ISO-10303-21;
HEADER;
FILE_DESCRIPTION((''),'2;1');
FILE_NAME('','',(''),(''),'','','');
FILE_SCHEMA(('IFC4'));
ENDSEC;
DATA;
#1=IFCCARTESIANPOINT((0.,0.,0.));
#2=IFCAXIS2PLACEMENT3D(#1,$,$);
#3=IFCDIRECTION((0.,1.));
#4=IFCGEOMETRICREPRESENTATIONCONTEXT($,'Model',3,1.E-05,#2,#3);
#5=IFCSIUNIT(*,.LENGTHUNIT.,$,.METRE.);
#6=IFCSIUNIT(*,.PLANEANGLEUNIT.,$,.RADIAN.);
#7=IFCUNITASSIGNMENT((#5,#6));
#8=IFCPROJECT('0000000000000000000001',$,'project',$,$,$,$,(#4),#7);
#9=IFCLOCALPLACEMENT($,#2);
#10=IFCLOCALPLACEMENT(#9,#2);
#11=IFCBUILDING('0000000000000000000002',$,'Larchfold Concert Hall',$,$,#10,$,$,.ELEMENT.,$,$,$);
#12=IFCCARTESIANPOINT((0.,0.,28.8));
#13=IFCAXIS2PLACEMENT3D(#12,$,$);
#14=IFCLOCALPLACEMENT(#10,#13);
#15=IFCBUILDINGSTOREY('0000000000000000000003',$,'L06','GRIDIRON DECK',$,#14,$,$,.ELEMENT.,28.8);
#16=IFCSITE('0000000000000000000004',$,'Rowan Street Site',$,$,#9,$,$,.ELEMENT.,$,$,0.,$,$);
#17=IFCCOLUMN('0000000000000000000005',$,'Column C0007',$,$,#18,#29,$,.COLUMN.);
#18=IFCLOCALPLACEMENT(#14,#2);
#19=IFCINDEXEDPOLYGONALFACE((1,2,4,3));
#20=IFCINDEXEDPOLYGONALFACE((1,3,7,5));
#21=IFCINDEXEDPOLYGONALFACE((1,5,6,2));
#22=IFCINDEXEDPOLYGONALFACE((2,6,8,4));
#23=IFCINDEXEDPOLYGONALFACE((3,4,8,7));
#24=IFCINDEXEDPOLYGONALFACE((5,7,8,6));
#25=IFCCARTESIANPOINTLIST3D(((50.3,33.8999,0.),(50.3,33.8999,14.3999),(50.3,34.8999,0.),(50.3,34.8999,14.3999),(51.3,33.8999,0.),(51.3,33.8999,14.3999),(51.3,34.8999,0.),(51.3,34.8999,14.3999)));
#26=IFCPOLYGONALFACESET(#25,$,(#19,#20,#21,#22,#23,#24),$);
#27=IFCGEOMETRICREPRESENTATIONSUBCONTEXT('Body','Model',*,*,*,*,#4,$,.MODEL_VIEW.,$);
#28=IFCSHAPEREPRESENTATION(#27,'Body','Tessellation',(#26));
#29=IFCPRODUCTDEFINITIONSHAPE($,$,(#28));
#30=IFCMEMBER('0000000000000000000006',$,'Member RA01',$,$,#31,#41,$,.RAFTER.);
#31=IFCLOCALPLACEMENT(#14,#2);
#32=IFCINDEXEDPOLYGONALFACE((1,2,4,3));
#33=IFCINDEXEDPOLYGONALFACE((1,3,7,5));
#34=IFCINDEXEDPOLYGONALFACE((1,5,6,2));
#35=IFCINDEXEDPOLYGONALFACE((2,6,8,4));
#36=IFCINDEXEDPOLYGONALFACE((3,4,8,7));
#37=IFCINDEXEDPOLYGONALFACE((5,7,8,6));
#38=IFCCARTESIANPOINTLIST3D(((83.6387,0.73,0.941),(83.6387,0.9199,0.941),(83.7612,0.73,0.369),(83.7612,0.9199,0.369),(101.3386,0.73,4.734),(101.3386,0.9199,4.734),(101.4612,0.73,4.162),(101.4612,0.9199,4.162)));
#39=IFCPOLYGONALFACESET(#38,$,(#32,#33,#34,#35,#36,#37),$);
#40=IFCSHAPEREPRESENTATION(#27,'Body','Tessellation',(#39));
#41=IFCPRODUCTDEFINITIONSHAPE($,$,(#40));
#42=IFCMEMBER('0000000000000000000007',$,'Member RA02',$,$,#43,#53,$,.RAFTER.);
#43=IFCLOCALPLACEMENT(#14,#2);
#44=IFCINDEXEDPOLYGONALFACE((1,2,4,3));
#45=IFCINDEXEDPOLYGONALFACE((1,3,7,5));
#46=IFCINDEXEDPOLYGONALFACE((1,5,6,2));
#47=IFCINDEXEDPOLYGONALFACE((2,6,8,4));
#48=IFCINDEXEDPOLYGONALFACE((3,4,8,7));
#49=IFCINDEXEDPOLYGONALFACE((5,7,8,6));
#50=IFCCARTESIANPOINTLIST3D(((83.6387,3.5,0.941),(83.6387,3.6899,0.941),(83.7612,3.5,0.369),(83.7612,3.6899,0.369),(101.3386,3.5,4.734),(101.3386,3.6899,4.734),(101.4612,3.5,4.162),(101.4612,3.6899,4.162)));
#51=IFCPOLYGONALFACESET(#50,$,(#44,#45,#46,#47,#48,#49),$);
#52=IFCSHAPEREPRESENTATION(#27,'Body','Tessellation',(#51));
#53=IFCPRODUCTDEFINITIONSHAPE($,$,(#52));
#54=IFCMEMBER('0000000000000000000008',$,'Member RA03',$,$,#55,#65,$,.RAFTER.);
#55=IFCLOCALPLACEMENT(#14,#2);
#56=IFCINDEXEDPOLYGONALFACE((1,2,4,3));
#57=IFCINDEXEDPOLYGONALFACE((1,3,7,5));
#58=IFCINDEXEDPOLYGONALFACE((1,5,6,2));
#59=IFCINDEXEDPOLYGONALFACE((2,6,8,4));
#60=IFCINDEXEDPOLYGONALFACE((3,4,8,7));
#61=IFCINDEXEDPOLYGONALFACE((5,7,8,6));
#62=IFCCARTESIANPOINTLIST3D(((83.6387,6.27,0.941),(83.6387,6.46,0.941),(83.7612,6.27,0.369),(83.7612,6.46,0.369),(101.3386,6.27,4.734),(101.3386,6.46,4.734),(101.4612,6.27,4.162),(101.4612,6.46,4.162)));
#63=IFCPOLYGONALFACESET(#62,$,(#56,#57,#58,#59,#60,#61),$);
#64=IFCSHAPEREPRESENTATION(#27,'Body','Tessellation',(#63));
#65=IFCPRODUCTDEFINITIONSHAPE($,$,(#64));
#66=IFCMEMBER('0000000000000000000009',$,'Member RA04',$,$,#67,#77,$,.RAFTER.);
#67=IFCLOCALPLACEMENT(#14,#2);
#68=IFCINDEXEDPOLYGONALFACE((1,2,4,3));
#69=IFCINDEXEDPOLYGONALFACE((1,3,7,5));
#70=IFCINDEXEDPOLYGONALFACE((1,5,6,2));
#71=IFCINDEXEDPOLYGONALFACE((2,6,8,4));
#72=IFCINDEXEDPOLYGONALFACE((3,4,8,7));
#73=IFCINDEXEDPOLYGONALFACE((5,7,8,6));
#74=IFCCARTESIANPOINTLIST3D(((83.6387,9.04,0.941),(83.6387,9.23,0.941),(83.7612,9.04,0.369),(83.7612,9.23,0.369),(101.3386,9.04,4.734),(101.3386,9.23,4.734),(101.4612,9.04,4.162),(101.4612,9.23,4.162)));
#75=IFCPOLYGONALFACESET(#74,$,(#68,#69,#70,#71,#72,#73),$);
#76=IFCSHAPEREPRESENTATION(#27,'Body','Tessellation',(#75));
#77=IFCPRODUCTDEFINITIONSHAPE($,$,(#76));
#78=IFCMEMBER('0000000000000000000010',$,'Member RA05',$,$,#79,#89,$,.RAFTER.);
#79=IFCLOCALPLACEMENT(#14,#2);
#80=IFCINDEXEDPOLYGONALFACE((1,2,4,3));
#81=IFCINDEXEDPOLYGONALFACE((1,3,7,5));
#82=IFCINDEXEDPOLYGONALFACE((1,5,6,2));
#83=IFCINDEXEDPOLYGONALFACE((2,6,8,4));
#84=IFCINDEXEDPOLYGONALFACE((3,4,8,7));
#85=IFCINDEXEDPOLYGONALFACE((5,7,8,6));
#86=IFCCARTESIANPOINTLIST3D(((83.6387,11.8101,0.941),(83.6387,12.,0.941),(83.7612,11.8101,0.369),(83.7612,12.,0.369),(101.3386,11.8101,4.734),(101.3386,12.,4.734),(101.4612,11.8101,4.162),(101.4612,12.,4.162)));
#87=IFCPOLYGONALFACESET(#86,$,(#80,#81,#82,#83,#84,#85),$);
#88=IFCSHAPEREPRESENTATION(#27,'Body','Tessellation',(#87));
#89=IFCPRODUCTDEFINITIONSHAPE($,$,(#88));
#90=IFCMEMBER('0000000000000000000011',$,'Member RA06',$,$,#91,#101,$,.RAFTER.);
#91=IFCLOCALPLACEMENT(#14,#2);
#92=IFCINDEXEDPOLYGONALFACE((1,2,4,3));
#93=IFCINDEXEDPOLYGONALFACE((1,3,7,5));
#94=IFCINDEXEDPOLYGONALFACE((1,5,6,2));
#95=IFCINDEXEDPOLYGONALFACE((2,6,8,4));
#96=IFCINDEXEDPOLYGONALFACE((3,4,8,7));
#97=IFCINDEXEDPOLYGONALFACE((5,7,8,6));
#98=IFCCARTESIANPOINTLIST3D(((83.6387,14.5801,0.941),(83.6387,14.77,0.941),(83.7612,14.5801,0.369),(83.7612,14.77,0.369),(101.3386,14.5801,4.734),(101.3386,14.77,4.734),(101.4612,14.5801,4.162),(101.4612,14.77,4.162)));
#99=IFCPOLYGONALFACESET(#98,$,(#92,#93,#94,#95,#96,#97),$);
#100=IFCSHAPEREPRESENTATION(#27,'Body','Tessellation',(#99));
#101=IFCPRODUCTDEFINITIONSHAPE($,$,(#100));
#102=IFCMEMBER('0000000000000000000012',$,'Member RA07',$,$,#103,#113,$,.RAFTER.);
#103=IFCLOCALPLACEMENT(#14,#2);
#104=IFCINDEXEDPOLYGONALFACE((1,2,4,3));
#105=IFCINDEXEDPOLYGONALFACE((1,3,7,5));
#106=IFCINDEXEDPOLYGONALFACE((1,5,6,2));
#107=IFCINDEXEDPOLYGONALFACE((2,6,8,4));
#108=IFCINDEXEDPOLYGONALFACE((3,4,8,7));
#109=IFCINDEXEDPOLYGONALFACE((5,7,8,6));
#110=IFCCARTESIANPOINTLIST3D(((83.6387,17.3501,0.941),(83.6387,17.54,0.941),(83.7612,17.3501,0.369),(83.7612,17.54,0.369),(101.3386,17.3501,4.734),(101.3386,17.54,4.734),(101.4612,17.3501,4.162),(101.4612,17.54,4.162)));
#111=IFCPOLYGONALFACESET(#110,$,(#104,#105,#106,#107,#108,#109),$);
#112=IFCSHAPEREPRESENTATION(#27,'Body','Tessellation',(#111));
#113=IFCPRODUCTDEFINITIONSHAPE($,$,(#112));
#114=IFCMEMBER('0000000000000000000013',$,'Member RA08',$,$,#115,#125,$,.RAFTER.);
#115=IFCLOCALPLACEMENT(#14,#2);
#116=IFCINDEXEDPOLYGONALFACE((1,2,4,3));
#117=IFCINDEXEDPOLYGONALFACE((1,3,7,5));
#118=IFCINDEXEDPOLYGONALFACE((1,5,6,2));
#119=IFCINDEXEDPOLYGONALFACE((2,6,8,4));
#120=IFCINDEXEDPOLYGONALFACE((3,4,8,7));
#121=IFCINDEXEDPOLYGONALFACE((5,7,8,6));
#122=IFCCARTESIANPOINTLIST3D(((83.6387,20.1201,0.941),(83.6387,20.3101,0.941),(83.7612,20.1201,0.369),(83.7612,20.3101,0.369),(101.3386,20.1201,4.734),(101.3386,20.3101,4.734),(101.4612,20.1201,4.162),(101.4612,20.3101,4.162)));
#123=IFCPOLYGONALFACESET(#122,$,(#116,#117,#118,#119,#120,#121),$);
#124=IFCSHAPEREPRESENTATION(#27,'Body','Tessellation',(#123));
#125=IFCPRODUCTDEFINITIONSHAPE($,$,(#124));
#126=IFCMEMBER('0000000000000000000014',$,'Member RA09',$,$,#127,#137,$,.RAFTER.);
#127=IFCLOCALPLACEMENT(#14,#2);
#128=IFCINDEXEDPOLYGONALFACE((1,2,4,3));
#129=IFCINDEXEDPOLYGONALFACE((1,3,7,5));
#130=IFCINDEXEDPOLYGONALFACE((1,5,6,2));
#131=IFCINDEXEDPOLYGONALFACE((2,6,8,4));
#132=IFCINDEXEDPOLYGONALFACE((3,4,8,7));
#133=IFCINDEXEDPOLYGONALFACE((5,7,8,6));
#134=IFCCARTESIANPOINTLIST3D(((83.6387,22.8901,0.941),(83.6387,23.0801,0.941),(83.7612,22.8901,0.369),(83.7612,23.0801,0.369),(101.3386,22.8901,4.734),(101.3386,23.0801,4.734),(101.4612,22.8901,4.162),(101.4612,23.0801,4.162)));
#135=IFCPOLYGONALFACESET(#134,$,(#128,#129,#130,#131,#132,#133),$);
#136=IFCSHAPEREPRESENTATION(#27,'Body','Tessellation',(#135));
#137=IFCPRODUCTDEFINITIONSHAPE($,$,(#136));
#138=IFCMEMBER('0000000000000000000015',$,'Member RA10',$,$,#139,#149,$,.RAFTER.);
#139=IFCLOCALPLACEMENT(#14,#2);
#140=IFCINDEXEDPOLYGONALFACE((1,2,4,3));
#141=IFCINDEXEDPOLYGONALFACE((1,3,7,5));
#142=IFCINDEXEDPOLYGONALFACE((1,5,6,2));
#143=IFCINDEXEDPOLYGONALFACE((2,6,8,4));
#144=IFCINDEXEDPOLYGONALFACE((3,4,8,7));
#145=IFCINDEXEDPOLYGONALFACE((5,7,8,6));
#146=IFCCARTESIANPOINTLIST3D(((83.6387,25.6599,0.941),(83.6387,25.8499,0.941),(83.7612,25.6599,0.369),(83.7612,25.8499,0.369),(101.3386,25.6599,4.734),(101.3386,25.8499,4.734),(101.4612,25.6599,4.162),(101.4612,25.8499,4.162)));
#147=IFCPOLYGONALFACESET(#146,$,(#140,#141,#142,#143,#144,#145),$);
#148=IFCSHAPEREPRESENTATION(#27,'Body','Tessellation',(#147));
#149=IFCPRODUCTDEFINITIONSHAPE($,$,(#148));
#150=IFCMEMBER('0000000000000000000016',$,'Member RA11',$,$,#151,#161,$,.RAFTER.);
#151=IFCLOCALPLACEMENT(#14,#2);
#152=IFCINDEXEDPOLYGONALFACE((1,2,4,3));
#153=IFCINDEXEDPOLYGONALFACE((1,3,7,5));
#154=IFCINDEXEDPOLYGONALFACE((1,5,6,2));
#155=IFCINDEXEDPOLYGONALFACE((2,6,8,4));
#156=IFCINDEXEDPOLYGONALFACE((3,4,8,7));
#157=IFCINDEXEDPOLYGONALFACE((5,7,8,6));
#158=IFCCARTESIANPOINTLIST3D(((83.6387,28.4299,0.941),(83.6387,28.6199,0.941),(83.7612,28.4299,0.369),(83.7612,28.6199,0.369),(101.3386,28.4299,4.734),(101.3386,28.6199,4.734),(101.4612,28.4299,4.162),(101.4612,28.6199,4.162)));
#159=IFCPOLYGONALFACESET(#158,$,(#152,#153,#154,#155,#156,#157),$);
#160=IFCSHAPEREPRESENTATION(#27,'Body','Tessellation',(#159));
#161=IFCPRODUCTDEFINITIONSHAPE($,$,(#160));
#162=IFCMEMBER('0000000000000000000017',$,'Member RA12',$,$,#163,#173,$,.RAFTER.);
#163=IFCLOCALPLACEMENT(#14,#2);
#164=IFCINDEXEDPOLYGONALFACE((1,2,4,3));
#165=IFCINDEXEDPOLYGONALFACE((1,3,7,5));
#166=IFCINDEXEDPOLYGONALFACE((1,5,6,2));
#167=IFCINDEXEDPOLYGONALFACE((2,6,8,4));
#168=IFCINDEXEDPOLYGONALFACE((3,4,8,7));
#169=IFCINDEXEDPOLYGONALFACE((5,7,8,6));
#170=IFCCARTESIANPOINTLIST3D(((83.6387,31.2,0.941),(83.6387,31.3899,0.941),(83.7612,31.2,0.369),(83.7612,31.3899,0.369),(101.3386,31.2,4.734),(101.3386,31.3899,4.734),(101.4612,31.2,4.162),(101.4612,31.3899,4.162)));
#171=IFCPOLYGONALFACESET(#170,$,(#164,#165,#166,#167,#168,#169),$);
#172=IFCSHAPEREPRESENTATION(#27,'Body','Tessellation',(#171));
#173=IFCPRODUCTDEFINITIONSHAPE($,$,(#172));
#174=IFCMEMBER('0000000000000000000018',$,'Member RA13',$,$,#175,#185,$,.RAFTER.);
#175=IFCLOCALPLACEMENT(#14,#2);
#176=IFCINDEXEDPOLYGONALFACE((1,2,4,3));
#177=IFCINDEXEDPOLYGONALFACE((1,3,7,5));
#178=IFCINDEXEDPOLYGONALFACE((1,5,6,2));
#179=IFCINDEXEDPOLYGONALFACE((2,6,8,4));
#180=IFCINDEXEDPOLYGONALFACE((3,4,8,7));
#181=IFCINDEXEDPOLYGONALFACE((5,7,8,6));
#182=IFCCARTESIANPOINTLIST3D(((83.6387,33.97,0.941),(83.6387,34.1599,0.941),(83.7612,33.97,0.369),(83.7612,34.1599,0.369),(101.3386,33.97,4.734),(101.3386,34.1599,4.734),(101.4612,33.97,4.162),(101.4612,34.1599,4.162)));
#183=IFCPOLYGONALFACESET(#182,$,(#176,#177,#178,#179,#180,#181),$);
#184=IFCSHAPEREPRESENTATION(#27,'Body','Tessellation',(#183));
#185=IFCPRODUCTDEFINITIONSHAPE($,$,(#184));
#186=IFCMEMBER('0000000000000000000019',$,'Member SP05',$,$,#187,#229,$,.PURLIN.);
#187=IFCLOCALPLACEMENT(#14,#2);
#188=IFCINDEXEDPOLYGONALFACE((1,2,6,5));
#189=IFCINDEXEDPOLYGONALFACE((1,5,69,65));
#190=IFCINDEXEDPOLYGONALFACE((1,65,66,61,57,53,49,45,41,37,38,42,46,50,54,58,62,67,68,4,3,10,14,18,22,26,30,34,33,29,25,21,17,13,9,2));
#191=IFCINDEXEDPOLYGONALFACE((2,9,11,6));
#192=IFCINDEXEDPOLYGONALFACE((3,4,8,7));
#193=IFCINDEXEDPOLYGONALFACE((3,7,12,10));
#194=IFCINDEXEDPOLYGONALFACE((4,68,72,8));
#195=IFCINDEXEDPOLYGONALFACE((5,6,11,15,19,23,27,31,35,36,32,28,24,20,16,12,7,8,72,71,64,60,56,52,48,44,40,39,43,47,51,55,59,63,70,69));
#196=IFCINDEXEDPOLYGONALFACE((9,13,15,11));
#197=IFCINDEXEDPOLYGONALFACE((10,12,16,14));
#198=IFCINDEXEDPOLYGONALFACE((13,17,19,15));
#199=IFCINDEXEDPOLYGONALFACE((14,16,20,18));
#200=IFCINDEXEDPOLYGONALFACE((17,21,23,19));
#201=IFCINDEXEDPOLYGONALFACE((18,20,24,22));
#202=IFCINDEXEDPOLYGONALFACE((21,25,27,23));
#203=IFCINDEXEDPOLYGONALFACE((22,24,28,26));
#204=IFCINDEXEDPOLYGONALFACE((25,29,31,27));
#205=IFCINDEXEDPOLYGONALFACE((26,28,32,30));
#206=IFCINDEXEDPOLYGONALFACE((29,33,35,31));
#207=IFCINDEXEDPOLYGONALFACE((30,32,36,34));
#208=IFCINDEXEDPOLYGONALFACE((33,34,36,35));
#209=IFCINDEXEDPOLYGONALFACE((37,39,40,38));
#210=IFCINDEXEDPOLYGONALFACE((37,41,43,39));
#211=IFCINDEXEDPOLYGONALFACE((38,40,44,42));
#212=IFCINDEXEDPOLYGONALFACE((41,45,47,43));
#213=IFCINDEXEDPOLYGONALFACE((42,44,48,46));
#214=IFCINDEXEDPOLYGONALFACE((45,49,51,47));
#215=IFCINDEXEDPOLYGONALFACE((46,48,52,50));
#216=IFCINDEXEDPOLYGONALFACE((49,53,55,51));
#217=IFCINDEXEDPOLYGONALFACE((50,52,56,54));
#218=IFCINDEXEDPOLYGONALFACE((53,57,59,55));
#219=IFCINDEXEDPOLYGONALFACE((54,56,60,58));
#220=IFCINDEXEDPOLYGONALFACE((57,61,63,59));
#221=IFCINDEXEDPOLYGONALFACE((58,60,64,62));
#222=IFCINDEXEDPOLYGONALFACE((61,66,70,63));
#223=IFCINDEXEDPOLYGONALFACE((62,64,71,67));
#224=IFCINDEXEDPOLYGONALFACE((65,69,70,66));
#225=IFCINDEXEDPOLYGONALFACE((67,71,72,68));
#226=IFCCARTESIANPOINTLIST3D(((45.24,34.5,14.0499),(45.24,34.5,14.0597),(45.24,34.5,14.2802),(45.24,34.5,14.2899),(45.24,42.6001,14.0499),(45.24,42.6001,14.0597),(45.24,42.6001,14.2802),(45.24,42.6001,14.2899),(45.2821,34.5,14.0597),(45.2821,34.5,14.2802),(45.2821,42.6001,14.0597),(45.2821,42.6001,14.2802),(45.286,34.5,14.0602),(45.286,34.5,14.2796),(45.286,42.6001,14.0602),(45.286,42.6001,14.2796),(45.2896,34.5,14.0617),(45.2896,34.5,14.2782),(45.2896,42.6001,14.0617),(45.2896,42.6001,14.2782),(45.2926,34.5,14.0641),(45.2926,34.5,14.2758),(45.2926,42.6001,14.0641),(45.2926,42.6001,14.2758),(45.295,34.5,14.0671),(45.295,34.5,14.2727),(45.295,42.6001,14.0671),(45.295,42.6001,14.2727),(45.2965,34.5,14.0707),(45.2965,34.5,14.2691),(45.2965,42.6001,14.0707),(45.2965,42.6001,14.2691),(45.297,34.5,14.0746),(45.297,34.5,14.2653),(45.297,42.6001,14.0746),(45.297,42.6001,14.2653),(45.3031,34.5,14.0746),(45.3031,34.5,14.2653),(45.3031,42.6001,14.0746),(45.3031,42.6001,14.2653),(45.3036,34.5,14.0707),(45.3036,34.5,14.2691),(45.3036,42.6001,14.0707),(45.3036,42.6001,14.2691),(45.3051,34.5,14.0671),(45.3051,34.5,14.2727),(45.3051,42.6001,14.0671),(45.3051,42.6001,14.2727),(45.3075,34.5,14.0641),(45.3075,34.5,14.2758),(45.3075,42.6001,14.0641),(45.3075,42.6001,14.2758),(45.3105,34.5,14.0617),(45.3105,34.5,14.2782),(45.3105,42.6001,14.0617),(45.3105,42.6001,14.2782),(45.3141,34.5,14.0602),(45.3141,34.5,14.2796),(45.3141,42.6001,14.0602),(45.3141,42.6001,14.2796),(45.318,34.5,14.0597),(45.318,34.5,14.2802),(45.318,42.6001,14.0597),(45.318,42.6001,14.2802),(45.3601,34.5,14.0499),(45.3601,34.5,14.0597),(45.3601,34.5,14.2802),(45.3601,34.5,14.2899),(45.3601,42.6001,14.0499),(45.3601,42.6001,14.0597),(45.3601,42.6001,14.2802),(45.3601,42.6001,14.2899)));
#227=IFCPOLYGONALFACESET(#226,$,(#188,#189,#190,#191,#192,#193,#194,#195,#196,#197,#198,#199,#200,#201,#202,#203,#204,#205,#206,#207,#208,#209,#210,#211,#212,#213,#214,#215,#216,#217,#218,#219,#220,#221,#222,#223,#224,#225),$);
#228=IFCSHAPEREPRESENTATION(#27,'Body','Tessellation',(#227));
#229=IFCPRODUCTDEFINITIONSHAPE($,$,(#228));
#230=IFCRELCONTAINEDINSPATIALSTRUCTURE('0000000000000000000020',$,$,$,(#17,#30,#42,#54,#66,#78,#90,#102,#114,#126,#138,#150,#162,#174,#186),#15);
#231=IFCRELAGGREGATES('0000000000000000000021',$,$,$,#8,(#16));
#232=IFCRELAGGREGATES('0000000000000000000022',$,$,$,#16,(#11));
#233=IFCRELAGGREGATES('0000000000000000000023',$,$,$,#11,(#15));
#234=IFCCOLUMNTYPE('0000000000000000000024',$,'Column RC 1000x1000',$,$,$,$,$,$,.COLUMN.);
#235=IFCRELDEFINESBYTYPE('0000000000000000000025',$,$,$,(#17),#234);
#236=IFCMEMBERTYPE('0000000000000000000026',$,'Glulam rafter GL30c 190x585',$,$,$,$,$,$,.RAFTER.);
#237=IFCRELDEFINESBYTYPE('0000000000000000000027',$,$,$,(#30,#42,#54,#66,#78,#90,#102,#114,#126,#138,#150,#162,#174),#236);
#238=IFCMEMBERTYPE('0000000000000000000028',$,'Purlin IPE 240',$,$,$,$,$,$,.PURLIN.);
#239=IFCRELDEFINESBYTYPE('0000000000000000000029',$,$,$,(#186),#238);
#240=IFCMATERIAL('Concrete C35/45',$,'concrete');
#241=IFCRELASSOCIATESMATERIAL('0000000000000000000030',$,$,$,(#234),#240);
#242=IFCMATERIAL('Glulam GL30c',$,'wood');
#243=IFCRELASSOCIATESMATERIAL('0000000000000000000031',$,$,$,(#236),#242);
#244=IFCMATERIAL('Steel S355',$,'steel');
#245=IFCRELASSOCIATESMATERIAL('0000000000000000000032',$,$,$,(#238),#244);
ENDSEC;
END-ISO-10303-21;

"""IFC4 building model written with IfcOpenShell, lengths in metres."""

from ifc_helpers import new_model, si_unit, direction, frame, origin, origin_2d, place, context, subcontext, project, spatial, rectangle, i_section, extrude, material, material_profile, profile_set, type_object, element, save


model = new_model("IFC4")

# Units and contexts
model_context = context("Model", 3, precision=1e-05, world=origin(), true_north=direction((0.0, 1.0)))
body_context = subcontext(model_context, "Body", "Model", "MODEL_VIEW")
ifc_project = project(units=[si_unit("LENGTHUNIT", "METRE"), si_unit("PLANEANGLEUNIT", "RADIAN")], contexts=[model_context])

# Site, building, storey
site_placement = place(None, origin())
site = spatial("IfcSite", under=ifc_project, at=site_placement, Name="Rowan Street Site", CompositionType="ELEMENT", RefElevation=0.0)
building_placement = place(site_placement, origin())
building = spatial("IfcBuilding", under=site, at=building_placement, Name="Larchfold Concert Hall", CompositionType="ELEMENT")
storey_placement = place(building_placement, frame((0.0, 0.0, 28.8)))
storey = spatial("IfcBuildingStorey", under=building, at=storey_placement, Name="L06", Description="GRIDIRON DECK", CompositionType="ELEMENT", Elevation=28.8)

# Column
ifc_material_1 = material(Name="Concrete C35/45", Category="concrete")
ifc_material_profile_1 = material_profile(ifc_material_1, rectangle(XDim=1.0, YDim=1.0, at=origin_2d()))
ifc_profile_set_1 = profile_set([ifc_material_profile_1], Name="Concrete C35/45")
column_type = type_object("IfcColumnType", Name="Column RC 1000x1000", PredefinedType="COLUMN", material=ifc_profile_set_1)
column_placement = place(storey_placement, frame((50.8, 34.3999, 0.0), z_axis=(0.0, 0.0, 1.0), x_axis=(1.0, 0.0, 0.0)))
element("IfcColumn", 1, at=column_placement, inside=storey, type_object=column_type, Name="Column C0007", PredefinedType="COLUMN", context=body_context, shape_type="SweptSolid", body=[
    extrude(rectangle(XDim=1.0, YDim=1.0, at=origin_2d()), origin(), (0.0, 0.0, 1.0), 14.3999),
])

# Members
ifc_material_2 = material(Name="Glulam GL30c", Category="wood")
ifc_material_profile_2 = material_profile(ifc_material_2, rectangle(XDim=0.1899, YDim=0.585, at=origin_2d()))
ifc_profile_set_2 = profile_set([ifc_material_profile_2], Name="Glulam GL30c")
member_type_1 = type_object("IfcMemberType", Name="Glulam rafter GL30c 190x585", PredefinedType="RAFTER", material=ifc_profile_set_2)
for number, where, z_axis, x_axis, name in (
    (2, (83.7, 0.825, 0.655), (0.977801, 0.0, 0.209536), (0.0, 1.0, 0.0), "Member RA01"),
    (3, (83.7, 3.595, 0.655), (0.977801, 0.0, 0.209536), (0.0, 1.0, 0.0), "Member RA02"),
    (4, (83.7, 6.365, 0.655), (0.977801, 0.0, 0.209536), (0.0, 1.0, 0.0), "Member RA03"),
    (5, (83.7, 9.135, 0.655), (0.977801, 0.0, 0.209536), (0.0, 1.0, 0.0), "Member RA04"),
    (6, (83.7, 11.905, 0.655), (0.977801, 0.0, 0.209536), (0.0, 1.0, 0.0), "Member RA05"),
    (7, (83.7, 14.675, 0.655), (0.977801, 0.0, 0.209536), (0.0, 1.0, 0.0), "Member RA06"),
    (8, (83.7, 17.4451, 0.655), (0.977801, 0.0, 0.209536), (0.0, 1.0, 0.0), "Member RA07"),
    (9, (83.7, 20.2151, 0.655), (0.977801, 0.0, 0.209536), (0.0, 1.0, 0.0), "Member RA08"),
    (10, (83.7, 22.9851, 0.655), (0.977801, 0.0, 0.209536), (0.0, 1.0, 0.0), "Member RA09"),
    (11, (83.7, 25.7549, 0.655), (0.977801, 0.0, 0.209536), (0.0, 1.0, 0.0), "Member RA10"),
    (12, (83.7, 28.5249, 0.655), (0.977801, 0.0, 0.209536), (0.0, 1.0, 0.0), "Member RA11"),
    (13, (83.7, 31.2949, 0.655), (0.977801, 0.0, 0.209536), (0.0, 1.0, 0.0), "Member RA12"),
    (14, (83.7, 34.0649, 0.655), (0.977801, 0.0, 0.209536), (0.0, 1.0, 0.0), "Member RA13"),
):
    element("IfcMember", number, at=place(storey_placement, frame(where, z_axis=z_axis, x_axis=x_axis)), inside=storey, type_object=member_type_1, Name=name, PredefinedType="RAFTER", context=body_context, shape_type="SweptSolid", body=[
        extrude(rectangle(XDim=0.1899, YDim=0.585, at=origin_2d()), origin(), (0.0, 0.0, 1.0), 18.1018),
    ])
ifc_material_3 = material(Name="Steel S355", Category="steel")
ifc_material_profile_3 = material_profile(ifc_material_3, i_section(OverallWidth=0.1201, OverallDepth=0.24, WebThickness=0.0061, FlangeThickness=0.0098, FilletRadius=0.0149, at=origin_2d()))
ifc_profile_set_3 = profile_set([ifc_material_profile_3], Name="Steel S355")
member_type_2 = type_object("IfcMemberType", Name="Purlin IPE 240", PredefinedType="PURLIN", material=ifc_profile_set_3)
for number, where, z_axis, x_axis, name in (
    (15, (45.3, 34.5, 14.1699), (0.0, 1.0, 0.0), (-1.0, 0.0, 0.0), "Member SP05"),
):
    element("IfcMember", number, at=place(storey_placement, frame(where, z_axis=z_axis, x_axis=x_axis)), inside=storey, type_object=member_type_2, Name=name, PredefinedType="PURLIN", context=body_context, shape_type="SweptSolid", body=[
        extrude(i_section(OverallWidth=0.1201, OverallDepth=0.24, WebThickness=0.0061, FlangeThickness=0.0098, FilletRadius=0.0149, at=origin_2d()), origin(), (0.0, 0.0, 1.0), 8.1001),
    ])

save(model, "model.ifc")
